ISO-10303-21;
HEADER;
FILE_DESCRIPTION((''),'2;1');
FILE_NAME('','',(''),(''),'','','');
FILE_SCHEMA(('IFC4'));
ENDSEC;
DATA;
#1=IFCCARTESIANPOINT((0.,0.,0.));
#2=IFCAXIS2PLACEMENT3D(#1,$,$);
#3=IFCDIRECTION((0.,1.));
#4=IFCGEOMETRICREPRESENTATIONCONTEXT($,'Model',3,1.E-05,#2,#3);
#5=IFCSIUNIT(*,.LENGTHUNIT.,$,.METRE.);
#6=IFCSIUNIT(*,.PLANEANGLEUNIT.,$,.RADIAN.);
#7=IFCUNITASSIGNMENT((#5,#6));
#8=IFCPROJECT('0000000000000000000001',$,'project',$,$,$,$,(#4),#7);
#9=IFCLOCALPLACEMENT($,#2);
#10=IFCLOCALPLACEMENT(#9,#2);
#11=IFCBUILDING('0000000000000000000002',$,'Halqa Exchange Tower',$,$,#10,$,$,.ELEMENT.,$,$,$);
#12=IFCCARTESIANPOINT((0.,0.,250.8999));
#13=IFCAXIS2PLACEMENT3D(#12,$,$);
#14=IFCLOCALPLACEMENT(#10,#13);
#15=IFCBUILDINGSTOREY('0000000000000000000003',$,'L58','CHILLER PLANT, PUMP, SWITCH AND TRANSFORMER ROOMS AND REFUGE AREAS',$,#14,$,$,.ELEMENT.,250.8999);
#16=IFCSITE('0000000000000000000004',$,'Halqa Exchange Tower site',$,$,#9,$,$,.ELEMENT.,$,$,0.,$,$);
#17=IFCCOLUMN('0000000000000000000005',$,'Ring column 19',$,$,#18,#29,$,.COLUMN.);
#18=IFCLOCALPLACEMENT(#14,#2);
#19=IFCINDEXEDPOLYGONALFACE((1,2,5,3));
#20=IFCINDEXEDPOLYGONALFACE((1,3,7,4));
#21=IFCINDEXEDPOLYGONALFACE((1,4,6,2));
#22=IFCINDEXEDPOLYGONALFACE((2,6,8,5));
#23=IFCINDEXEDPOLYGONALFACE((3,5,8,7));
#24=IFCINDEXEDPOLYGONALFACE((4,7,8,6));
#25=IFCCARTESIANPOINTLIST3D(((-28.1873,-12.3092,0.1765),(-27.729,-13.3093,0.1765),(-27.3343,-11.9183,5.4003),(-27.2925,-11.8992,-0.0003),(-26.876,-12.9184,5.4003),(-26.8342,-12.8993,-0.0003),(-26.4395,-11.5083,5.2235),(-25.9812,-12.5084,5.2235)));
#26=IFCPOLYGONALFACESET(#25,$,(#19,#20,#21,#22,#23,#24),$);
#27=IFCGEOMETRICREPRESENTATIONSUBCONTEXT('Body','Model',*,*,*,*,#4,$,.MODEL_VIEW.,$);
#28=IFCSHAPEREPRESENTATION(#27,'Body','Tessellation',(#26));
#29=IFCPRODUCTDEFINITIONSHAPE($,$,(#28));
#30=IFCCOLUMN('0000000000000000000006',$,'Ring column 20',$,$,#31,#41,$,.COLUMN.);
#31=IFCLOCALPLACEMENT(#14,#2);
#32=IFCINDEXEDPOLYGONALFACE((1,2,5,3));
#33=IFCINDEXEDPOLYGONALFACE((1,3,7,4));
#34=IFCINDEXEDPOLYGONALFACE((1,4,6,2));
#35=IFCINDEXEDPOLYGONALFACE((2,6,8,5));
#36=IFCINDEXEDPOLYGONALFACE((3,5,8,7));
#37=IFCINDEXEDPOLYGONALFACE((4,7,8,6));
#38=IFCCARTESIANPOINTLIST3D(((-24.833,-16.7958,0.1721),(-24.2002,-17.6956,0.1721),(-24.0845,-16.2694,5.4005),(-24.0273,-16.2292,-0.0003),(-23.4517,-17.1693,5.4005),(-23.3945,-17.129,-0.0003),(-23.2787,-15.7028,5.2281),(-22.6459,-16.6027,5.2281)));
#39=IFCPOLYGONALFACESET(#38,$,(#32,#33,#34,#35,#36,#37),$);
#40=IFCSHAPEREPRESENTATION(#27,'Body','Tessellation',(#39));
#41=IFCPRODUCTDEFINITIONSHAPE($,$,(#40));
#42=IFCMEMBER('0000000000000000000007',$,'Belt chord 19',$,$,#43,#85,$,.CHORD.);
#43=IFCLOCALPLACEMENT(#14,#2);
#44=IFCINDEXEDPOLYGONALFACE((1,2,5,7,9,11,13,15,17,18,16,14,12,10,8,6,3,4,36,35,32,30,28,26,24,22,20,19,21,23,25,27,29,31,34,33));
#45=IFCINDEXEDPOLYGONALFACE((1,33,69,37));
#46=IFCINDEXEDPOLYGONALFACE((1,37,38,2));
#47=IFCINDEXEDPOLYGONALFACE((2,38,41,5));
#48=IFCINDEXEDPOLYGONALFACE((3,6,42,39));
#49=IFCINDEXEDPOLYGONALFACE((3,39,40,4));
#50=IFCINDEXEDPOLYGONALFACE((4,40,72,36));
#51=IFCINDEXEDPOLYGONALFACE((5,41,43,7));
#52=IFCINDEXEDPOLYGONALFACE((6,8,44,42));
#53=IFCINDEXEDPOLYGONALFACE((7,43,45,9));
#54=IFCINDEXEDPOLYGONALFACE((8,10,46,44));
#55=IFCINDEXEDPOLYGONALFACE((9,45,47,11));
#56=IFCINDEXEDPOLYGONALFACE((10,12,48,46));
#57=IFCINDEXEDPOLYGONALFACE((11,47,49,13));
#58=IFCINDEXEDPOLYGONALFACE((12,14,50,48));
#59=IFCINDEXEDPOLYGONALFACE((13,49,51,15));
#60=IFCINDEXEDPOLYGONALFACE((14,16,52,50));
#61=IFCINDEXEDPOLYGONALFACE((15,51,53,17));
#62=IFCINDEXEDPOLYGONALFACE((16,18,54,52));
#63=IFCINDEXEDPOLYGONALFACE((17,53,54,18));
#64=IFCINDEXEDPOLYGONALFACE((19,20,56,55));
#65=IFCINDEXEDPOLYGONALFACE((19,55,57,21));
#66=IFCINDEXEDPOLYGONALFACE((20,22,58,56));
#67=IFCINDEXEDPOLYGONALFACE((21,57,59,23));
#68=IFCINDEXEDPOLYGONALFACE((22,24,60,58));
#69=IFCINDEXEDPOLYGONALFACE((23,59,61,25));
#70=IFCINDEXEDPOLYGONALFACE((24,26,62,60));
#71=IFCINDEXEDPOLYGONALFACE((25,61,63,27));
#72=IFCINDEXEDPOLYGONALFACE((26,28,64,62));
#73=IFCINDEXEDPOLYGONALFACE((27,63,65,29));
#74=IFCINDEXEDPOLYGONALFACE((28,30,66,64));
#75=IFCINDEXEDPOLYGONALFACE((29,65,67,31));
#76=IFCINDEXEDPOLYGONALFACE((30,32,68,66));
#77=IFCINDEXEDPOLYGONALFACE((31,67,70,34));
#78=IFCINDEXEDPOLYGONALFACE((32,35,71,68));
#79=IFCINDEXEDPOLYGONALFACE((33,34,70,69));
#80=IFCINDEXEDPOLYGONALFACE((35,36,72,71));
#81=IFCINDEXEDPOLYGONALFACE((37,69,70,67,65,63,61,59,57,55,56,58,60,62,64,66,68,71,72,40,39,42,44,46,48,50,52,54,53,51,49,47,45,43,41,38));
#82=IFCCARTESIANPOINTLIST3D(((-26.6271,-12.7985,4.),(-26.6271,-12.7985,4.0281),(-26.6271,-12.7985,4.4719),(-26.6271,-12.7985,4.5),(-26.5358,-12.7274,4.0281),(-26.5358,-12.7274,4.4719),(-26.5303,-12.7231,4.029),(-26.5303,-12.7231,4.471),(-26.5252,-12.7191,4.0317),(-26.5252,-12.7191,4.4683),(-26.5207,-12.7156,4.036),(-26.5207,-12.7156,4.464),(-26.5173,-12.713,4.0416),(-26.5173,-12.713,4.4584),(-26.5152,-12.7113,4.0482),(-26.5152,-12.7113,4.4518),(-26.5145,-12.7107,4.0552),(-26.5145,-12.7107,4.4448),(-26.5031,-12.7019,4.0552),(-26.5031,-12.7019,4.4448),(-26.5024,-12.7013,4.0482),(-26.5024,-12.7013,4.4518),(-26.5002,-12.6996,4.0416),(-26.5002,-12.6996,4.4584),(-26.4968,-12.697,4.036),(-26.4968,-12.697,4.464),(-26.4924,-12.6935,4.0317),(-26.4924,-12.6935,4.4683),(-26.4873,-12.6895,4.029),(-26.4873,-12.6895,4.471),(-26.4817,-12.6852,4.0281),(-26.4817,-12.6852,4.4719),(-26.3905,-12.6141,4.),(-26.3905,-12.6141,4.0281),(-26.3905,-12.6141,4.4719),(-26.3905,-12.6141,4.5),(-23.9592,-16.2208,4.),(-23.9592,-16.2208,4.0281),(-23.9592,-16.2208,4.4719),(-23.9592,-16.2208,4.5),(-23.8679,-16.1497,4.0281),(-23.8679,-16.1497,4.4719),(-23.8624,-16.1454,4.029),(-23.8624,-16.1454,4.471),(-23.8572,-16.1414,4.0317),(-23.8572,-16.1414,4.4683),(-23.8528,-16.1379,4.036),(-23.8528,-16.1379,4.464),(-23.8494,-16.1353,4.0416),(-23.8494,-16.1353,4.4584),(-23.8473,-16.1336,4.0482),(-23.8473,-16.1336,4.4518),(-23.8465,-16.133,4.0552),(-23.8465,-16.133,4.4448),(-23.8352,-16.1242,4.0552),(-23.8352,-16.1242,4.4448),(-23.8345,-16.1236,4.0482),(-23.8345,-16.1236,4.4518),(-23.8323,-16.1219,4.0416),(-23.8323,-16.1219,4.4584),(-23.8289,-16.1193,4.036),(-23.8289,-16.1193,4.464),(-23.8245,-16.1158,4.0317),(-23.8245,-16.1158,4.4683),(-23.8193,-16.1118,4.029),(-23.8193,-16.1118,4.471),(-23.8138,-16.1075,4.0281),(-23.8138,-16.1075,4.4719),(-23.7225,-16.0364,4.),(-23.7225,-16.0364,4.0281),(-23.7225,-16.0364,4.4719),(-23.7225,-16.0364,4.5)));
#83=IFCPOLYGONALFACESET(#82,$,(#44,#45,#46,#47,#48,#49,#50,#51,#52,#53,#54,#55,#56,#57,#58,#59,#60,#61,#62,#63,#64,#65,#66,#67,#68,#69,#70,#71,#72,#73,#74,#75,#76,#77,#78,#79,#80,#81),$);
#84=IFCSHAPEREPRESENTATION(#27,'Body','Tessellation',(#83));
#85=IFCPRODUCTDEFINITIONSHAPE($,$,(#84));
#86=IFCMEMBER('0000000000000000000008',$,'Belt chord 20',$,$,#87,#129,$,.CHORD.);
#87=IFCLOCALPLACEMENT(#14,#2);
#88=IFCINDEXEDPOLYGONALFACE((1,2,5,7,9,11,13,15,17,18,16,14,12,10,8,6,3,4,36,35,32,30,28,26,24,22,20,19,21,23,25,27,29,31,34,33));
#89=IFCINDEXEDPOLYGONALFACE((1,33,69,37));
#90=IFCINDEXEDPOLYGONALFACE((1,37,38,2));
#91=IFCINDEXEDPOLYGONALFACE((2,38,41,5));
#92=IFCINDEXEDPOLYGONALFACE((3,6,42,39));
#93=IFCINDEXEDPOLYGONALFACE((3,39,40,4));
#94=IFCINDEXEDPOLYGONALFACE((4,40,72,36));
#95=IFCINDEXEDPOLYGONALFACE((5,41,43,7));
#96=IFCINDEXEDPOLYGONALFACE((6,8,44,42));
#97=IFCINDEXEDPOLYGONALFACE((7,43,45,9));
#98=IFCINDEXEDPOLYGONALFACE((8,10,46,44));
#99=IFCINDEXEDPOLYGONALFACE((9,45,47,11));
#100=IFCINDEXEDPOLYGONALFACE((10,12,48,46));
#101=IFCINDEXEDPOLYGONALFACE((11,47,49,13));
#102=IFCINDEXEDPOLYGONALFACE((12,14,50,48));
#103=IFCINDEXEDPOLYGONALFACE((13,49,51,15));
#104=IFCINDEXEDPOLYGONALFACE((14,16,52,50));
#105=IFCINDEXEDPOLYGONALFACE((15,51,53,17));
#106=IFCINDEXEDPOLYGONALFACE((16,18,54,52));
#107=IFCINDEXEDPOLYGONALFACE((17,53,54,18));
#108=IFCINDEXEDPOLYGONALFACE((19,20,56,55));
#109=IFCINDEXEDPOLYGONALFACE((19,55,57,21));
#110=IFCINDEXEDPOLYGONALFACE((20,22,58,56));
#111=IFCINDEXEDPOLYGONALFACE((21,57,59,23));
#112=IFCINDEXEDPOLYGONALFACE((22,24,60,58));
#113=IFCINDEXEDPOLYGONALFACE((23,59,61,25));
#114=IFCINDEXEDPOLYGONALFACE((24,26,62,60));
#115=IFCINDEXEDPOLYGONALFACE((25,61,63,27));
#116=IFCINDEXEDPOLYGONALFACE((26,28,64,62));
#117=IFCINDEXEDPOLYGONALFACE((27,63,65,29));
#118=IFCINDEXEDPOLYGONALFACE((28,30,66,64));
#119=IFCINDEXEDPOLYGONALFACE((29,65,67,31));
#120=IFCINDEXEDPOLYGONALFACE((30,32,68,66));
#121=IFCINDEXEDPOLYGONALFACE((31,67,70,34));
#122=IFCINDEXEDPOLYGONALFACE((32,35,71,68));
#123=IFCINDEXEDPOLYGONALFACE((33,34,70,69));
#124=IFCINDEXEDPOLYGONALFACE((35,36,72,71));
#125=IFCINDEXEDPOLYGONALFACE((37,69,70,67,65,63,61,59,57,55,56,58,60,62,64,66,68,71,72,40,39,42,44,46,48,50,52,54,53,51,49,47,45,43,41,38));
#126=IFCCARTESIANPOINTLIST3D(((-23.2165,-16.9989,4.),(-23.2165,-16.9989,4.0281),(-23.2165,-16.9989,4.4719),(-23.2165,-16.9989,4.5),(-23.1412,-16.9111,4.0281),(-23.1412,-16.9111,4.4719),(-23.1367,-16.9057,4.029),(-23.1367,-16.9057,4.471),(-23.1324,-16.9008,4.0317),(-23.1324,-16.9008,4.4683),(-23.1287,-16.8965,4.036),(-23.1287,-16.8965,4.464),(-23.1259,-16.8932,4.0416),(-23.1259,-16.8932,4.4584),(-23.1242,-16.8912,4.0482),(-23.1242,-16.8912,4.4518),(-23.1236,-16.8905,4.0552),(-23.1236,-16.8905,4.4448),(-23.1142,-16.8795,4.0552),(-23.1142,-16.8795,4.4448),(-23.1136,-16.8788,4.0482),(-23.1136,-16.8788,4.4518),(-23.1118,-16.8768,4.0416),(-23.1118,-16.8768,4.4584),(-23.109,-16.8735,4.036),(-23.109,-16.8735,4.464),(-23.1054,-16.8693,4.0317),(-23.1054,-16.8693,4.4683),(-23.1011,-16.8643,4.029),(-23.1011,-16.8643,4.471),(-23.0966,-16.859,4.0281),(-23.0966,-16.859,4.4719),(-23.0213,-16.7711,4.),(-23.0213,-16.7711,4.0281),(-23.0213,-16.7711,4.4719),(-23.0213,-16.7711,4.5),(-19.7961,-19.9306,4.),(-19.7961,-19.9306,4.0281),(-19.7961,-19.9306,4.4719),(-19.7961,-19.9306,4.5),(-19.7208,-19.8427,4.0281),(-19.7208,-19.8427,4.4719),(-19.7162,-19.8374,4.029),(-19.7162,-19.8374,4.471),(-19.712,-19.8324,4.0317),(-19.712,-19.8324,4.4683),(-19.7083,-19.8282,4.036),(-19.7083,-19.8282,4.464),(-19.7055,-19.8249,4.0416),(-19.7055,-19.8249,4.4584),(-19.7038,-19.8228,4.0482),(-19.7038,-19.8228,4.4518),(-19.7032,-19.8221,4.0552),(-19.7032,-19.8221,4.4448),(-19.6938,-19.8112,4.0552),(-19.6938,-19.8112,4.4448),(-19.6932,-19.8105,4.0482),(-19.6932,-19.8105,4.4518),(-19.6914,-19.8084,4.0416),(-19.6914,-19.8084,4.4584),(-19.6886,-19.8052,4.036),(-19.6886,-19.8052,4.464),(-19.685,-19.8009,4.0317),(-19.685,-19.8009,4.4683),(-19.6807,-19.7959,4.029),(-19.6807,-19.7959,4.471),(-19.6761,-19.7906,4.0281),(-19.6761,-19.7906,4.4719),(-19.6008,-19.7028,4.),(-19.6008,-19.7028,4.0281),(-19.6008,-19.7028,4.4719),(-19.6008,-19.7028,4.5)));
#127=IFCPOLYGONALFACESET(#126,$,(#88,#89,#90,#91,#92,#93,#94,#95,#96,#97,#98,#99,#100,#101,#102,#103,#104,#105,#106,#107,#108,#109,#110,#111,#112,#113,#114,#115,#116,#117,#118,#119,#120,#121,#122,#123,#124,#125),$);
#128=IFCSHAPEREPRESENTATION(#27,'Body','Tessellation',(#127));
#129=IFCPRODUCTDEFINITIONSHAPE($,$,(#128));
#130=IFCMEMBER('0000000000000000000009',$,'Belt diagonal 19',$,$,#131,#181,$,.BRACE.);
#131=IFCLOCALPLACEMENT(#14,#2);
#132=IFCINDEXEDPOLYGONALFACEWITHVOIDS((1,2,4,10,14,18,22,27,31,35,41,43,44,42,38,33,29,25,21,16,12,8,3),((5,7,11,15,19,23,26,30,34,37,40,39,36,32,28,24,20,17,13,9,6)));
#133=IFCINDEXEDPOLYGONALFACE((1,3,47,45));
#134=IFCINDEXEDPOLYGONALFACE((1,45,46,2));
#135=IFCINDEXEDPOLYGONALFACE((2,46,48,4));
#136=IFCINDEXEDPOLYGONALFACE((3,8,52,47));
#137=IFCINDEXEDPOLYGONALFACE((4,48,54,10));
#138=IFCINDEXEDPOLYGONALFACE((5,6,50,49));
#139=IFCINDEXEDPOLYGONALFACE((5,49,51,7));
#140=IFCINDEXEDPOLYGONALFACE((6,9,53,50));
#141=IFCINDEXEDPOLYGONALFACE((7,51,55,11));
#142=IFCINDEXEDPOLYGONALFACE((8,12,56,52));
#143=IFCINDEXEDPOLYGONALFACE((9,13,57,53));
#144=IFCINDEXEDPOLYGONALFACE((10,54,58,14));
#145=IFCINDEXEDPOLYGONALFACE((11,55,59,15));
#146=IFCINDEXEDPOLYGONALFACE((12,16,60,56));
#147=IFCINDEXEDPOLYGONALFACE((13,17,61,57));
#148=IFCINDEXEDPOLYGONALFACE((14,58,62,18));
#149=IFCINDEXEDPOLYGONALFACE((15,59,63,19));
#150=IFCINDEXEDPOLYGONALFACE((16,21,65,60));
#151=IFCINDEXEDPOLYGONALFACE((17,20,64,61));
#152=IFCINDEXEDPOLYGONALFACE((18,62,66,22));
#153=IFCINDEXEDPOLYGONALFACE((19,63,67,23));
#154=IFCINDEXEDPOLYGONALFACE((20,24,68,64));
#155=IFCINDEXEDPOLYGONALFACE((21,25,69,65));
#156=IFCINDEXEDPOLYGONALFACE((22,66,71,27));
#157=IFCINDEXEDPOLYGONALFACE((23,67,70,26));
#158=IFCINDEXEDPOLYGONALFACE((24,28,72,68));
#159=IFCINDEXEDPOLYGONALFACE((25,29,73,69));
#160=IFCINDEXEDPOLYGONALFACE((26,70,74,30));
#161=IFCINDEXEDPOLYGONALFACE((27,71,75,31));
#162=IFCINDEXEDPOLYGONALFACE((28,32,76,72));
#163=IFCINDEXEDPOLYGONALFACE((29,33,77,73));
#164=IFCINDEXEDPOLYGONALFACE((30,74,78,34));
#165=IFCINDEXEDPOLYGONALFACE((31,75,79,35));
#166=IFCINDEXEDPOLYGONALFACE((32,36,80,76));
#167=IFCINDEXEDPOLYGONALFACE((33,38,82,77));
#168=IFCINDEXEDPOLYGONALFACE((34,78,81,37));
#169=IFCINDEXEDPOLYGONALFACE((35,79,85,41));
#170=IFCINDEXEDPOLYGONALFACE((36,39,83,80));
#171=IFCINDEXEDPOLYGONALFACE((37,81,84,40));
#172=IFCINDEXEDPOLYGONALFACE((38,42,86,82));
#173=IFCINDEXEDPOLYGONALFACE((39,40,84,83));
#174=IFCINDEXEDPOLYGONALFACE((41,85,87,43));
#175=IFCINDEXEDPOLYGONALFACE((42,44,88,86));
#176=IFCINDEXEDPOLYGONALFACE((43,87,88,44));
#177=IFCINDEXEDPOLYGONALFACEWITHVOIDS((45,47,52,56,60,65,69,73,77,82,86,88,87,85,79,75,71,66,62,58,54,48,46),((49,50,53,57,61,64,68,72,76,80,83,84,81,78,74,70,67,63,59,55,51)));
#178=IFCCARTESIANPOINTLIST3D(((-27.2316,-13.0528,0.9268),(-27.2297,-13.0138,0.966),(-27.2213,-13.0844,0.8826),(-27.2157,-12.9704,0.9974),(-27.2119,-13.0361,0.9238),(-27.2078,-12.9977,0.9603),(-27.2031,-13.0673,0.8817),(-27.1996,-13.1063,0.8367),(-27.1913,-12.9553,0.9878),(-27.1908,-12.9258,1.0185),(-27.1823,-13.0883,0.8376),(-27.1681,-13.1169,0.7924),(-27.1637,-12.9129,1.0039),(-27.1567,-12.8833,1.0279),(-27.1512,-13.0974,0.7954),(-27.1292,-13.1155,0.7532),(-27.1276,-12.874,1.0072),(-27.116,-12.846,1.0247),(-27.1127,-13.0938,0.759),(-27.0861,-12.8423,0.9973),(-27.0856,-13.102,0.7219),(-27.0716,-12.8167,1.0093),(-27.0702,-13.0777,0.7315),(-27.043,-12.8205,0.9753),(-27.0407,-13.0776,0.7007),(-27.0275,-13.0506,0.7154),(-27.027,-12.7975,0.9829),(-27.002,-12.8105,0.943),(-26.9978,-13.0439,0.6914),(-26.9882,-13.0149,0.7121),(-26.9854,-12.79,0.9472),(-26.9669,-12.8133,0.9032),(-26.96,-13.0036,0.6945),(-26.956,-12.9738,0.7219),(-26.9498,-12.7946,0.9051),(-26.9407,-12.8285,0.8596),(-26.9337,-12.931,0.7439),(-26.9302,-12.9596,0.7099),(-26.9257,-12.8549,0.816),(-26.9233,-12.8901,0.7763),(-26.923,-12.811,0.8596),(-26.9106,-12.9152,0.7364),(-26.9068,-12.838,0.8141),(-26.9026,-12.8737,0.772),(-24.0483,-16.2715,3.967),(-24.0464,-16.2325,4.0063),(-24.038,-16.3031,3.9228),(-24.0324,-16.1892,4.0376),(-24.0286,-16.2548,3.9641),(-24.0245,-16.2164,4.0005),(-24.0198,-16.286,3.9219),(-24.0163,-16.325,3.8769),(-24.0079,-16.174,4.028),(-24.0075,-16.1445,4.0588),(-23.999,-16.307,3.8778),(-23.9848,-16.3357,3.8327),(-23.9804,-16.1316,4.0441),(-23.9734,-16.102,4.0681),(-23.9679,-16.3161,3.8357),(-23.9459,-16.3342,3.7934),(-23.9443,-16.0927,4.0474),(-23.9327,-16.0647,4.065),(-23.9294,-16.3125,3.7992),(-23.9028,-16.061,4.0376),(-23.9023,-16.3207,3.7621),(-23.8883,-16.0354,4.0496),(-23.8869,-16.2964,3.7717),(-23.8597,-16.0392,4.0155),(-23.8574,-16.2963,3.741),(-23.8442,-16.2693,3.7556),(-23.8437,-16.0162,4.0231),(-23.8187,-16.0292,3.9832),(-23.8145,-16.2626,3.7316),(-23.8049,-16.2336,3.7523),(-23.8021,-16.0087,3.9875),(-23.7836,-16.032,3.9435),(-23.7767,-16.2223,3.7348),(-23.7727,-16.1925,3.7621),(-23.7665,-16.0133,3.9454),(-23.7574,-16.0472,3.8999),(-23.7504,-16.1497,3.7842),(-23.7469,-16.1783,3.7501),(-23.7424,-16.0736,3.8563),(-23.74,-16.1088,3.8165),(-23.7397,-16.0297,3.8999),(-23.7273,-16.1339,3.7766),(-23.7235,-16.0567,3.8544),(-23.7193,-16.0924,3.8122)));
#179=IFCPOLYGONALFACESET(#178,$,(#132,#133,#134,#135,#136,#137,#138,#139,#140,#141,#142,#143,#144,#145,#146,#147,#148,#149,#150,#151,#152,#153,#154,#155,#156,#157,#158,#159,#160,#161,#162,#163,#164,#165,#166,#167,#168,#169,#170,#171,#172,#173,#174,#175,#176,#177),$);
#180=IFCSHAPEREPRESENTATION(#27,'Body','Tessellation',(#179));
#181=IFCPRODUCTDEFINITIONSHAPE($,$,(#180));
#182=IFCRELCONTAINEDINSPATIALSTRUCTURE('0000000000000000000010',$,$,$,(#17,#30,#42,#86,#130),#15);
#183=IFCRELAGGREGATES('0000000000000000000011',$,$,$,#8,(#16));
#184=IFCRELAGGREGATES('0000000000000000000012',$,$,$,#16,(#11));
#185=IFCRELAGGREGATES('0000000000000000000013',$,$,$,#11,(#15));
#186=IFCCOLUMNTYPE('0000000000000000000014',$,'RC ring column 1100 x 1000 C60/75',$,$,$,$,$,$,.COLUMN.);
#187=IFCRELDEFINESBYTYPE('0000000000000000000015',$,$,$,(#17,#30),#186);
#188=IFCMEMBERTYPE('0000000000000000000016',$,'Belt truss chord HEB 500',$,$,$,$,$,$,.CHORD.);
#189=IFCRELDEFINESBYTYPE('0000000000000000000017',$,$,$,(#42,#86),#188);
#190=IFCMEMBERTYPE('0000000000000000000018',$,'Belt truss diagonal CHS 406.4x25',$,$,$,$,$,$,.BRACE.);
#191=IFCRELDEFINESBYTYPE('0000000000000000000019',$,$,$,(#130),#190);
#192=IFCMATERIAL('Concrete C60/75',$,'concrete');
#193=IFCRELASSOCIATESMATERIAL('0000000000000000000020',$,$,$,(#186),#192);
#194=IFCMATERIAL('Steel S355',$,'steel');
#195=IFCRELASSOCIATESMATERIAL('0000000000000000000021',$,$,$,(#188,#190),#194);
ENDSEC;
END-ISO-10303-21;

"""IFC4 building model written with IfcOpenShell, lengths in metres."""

from ifc_helpers import new_model, si_unit, direction, frame, origin, origin_2d, place, context, subcontext, project, spatial, rectangle, hollow_circle, i_section, extrude, material, material_profile, profile_set, type_object, element, save


model = new_model("IFC4")

# Units and contexts
model_context = context("Model", 3, precision=1e-05, world=origin(), true_north=direction((0.0, 1.0)))
body_context = subcontext(model_context, "Body", "Model", "MODEL_VIEW")
ifc_project = project(units=[si_unit("LENGTHUNIT", "METRE"), si_unit("PLANEANGLEUNIT", "RADIAN")], contexts=[model_context])

# Site, building, storey
site_placement = place(None, origin())
site = spatial("IfcSite", under=ifc_project, at=site_placement, Name="Halqa Exchange Tower site", CompositionType="ELEMENT", RefElevation=0.0)
building_placement = place(site_placement, origin())
building = spatial("IfcBuilding", under=site, at=building_placement, Name="Halqa Exchange Tower", CompositionType="ELEMENT")
storey_placement = place(building_placement, frame((0.0, 0.0, 250.8999)))
storey = spatial("IfcBuildingStorey", under=building, at=storey_placement, Name="L58", Description="CHILLER PLANT, PUMP, SWITCH AND TRANSFORMER ROOMS AND REFUGE AREAS", CompositionType="ELEMENT", Elevation=250.8999)

# Columns
ifc_material_1 = material(Name="Concrete C60/75", Category="concrete")
ifc_material_profile_1 = material_profile(ifc_material_1, rectangle(XDim=1.1001, YDim=1.0, at=origin_2d()), Name="1100 x 1000")
ifc_profile_set_1 = profile_set([ifc_material_profile_1], Name="Concrete C60/75")
column_type = type_object("IfcColumnType", Name="RC ring column 1100 x 1000 C60/75", PredefinedType="COLUMN", material=ifc_profile_set_1)
column_1_placement = place(storey_placement, frame((-27.5107, -12.6042, 0.0881), z_axis=(0.160722, 0.073645, 0.984248), x_axis=(-0.416565, 0.909106, 0.0)))
element("IfcColumn", 1, at=column_1_placement, inside=storey, type_object=column_type, Name="Ring column 19", PredefinedType="COLUMN", context=body_context, shape_type="SweptSolid", body=[
    extrude(rectangle(XDim=1.1001, YDim=1.0, at=origin_2d()), origin(), (0.0, 0.0, 1.0), 5.3074),
])
column_2_placement = place(storey_placement, frame((-24.1138, -16.9624, 0.0859), z_axis=(0.141027, 0.09917, 0.985026), x_axis=(-0.575216, 0.818002, 0.0)))
element("IfcColumn", 2, at=column_2_placement, inside=storey, type_object=column_type, Name="Ring column 20", PredefinedType="COLUMN", context=body_context, shape_type="SweptSolid", body=[
    extrude(rectangle(XDim=1.1001, YDim=1.0, at=origin_2d()), origin(), (0.0, 0.0, 1.0), 5.3079),
])

# Members
ifc_material_2 = material(Name="Steel S355", Category="steel")
ifc_material_profile_2 = material_profile(ifc_material_2, i_section(OverallWidth=0.3, OverallDepth=0.5, WebThickness=0.0144, FlangeThickness=0.0281, FilletRadius=0.0271, at=origin_2d()), Name="HEB 500")
ifc_profile_set_2 = profile_set([ifc_material_profile_2], Name="Steel S355")
member_type_1 = type_object("IfcMemberType", Name="Belt truss chord HEB 500", PredefinedType="CHORD", material=ifc_profile_set_2)
member_1_placement = place(storey_placement, frame((-26.5088, -12.7063, 4.25), z_axis=(0.614821, -0.788667, 0.0), x_axis=(0.788667, 0.614821, 0.0)))
element("IfcMember", 3, at=member_1_placement, inside=storey, type_object=member_type_1, Name="Belt chord 19", PredefinedType="CHORD", context=body_context, shape_type="SweptSolid", body=[
    extrude(i_section(OverallWidth=0.3, OverallDepth=0.5, WebThickness=0.0144, FlangeThickness=0.0281, FilletRadius=0.0271, at=origin_2d()), origin(), (0.0, 0.0, 1.0), 4.3394),
])
member_2_placement = place(storey_placement, frame((-23.1189, -16.885, 4.25), z_axis=(0.759272, -0.650774, 0.0), x_axis=(0.650774, 0.759272, 0.0)))
element("IfcMember", 4, at=member_2_placement, inside=storey, type_object=member_type_1, Name="Belt chord 20", PredefinedType="CHORD", context=body_context, shape_type="SweptSolid", body=[
    extrude(i_section(OverallWidth=0.3, OverallDepth=0.5, WebThickness=0.0144, FlangeThickness=0.0281, FilletRadius=0.0271, at=origin_2d()), origin(), (0.0, 0.0, 1.0), 4.5049),
])
ifc_material_profile_3 = material_profile(ifc_material_2, hollow_circle(Radius=0.2031, WallThickness=0.0249, at=origin_2d()), Name="CHS 406.4x25")
ifc_profile_set_3 = profile_set([ifc_material_profile_3], Name="Steel S355")
member_type_2 = type_object("IfcMemberType", Name="Belt truss diagonal CHS 406.4x25", PredefinedType="BRACE", material=ifc_profile_set_3)
member_3_placement = place(storey_placement, frame((-27.0674, -12.9539, 0.8596), z_axis=(0.583758, -0.59025, 0.557523), x_axis=(0.711006, 0.703186, 0.0)))
element("IfcMember", 5, at=member_3_placement, inside=storey, type_object=member_type_2, Name="Belt diagonal 19", PredefinedType="BRACE", context=body_context, shape_type="SweptSolid", body=[
    extrude(hollow_circle(Radius=0.2031, WallThickness=0.0249, at=origin_2d()), origin(), (0.0, 0.0, 1.0), 5.4531),
])

save(model, "model.ifc")
